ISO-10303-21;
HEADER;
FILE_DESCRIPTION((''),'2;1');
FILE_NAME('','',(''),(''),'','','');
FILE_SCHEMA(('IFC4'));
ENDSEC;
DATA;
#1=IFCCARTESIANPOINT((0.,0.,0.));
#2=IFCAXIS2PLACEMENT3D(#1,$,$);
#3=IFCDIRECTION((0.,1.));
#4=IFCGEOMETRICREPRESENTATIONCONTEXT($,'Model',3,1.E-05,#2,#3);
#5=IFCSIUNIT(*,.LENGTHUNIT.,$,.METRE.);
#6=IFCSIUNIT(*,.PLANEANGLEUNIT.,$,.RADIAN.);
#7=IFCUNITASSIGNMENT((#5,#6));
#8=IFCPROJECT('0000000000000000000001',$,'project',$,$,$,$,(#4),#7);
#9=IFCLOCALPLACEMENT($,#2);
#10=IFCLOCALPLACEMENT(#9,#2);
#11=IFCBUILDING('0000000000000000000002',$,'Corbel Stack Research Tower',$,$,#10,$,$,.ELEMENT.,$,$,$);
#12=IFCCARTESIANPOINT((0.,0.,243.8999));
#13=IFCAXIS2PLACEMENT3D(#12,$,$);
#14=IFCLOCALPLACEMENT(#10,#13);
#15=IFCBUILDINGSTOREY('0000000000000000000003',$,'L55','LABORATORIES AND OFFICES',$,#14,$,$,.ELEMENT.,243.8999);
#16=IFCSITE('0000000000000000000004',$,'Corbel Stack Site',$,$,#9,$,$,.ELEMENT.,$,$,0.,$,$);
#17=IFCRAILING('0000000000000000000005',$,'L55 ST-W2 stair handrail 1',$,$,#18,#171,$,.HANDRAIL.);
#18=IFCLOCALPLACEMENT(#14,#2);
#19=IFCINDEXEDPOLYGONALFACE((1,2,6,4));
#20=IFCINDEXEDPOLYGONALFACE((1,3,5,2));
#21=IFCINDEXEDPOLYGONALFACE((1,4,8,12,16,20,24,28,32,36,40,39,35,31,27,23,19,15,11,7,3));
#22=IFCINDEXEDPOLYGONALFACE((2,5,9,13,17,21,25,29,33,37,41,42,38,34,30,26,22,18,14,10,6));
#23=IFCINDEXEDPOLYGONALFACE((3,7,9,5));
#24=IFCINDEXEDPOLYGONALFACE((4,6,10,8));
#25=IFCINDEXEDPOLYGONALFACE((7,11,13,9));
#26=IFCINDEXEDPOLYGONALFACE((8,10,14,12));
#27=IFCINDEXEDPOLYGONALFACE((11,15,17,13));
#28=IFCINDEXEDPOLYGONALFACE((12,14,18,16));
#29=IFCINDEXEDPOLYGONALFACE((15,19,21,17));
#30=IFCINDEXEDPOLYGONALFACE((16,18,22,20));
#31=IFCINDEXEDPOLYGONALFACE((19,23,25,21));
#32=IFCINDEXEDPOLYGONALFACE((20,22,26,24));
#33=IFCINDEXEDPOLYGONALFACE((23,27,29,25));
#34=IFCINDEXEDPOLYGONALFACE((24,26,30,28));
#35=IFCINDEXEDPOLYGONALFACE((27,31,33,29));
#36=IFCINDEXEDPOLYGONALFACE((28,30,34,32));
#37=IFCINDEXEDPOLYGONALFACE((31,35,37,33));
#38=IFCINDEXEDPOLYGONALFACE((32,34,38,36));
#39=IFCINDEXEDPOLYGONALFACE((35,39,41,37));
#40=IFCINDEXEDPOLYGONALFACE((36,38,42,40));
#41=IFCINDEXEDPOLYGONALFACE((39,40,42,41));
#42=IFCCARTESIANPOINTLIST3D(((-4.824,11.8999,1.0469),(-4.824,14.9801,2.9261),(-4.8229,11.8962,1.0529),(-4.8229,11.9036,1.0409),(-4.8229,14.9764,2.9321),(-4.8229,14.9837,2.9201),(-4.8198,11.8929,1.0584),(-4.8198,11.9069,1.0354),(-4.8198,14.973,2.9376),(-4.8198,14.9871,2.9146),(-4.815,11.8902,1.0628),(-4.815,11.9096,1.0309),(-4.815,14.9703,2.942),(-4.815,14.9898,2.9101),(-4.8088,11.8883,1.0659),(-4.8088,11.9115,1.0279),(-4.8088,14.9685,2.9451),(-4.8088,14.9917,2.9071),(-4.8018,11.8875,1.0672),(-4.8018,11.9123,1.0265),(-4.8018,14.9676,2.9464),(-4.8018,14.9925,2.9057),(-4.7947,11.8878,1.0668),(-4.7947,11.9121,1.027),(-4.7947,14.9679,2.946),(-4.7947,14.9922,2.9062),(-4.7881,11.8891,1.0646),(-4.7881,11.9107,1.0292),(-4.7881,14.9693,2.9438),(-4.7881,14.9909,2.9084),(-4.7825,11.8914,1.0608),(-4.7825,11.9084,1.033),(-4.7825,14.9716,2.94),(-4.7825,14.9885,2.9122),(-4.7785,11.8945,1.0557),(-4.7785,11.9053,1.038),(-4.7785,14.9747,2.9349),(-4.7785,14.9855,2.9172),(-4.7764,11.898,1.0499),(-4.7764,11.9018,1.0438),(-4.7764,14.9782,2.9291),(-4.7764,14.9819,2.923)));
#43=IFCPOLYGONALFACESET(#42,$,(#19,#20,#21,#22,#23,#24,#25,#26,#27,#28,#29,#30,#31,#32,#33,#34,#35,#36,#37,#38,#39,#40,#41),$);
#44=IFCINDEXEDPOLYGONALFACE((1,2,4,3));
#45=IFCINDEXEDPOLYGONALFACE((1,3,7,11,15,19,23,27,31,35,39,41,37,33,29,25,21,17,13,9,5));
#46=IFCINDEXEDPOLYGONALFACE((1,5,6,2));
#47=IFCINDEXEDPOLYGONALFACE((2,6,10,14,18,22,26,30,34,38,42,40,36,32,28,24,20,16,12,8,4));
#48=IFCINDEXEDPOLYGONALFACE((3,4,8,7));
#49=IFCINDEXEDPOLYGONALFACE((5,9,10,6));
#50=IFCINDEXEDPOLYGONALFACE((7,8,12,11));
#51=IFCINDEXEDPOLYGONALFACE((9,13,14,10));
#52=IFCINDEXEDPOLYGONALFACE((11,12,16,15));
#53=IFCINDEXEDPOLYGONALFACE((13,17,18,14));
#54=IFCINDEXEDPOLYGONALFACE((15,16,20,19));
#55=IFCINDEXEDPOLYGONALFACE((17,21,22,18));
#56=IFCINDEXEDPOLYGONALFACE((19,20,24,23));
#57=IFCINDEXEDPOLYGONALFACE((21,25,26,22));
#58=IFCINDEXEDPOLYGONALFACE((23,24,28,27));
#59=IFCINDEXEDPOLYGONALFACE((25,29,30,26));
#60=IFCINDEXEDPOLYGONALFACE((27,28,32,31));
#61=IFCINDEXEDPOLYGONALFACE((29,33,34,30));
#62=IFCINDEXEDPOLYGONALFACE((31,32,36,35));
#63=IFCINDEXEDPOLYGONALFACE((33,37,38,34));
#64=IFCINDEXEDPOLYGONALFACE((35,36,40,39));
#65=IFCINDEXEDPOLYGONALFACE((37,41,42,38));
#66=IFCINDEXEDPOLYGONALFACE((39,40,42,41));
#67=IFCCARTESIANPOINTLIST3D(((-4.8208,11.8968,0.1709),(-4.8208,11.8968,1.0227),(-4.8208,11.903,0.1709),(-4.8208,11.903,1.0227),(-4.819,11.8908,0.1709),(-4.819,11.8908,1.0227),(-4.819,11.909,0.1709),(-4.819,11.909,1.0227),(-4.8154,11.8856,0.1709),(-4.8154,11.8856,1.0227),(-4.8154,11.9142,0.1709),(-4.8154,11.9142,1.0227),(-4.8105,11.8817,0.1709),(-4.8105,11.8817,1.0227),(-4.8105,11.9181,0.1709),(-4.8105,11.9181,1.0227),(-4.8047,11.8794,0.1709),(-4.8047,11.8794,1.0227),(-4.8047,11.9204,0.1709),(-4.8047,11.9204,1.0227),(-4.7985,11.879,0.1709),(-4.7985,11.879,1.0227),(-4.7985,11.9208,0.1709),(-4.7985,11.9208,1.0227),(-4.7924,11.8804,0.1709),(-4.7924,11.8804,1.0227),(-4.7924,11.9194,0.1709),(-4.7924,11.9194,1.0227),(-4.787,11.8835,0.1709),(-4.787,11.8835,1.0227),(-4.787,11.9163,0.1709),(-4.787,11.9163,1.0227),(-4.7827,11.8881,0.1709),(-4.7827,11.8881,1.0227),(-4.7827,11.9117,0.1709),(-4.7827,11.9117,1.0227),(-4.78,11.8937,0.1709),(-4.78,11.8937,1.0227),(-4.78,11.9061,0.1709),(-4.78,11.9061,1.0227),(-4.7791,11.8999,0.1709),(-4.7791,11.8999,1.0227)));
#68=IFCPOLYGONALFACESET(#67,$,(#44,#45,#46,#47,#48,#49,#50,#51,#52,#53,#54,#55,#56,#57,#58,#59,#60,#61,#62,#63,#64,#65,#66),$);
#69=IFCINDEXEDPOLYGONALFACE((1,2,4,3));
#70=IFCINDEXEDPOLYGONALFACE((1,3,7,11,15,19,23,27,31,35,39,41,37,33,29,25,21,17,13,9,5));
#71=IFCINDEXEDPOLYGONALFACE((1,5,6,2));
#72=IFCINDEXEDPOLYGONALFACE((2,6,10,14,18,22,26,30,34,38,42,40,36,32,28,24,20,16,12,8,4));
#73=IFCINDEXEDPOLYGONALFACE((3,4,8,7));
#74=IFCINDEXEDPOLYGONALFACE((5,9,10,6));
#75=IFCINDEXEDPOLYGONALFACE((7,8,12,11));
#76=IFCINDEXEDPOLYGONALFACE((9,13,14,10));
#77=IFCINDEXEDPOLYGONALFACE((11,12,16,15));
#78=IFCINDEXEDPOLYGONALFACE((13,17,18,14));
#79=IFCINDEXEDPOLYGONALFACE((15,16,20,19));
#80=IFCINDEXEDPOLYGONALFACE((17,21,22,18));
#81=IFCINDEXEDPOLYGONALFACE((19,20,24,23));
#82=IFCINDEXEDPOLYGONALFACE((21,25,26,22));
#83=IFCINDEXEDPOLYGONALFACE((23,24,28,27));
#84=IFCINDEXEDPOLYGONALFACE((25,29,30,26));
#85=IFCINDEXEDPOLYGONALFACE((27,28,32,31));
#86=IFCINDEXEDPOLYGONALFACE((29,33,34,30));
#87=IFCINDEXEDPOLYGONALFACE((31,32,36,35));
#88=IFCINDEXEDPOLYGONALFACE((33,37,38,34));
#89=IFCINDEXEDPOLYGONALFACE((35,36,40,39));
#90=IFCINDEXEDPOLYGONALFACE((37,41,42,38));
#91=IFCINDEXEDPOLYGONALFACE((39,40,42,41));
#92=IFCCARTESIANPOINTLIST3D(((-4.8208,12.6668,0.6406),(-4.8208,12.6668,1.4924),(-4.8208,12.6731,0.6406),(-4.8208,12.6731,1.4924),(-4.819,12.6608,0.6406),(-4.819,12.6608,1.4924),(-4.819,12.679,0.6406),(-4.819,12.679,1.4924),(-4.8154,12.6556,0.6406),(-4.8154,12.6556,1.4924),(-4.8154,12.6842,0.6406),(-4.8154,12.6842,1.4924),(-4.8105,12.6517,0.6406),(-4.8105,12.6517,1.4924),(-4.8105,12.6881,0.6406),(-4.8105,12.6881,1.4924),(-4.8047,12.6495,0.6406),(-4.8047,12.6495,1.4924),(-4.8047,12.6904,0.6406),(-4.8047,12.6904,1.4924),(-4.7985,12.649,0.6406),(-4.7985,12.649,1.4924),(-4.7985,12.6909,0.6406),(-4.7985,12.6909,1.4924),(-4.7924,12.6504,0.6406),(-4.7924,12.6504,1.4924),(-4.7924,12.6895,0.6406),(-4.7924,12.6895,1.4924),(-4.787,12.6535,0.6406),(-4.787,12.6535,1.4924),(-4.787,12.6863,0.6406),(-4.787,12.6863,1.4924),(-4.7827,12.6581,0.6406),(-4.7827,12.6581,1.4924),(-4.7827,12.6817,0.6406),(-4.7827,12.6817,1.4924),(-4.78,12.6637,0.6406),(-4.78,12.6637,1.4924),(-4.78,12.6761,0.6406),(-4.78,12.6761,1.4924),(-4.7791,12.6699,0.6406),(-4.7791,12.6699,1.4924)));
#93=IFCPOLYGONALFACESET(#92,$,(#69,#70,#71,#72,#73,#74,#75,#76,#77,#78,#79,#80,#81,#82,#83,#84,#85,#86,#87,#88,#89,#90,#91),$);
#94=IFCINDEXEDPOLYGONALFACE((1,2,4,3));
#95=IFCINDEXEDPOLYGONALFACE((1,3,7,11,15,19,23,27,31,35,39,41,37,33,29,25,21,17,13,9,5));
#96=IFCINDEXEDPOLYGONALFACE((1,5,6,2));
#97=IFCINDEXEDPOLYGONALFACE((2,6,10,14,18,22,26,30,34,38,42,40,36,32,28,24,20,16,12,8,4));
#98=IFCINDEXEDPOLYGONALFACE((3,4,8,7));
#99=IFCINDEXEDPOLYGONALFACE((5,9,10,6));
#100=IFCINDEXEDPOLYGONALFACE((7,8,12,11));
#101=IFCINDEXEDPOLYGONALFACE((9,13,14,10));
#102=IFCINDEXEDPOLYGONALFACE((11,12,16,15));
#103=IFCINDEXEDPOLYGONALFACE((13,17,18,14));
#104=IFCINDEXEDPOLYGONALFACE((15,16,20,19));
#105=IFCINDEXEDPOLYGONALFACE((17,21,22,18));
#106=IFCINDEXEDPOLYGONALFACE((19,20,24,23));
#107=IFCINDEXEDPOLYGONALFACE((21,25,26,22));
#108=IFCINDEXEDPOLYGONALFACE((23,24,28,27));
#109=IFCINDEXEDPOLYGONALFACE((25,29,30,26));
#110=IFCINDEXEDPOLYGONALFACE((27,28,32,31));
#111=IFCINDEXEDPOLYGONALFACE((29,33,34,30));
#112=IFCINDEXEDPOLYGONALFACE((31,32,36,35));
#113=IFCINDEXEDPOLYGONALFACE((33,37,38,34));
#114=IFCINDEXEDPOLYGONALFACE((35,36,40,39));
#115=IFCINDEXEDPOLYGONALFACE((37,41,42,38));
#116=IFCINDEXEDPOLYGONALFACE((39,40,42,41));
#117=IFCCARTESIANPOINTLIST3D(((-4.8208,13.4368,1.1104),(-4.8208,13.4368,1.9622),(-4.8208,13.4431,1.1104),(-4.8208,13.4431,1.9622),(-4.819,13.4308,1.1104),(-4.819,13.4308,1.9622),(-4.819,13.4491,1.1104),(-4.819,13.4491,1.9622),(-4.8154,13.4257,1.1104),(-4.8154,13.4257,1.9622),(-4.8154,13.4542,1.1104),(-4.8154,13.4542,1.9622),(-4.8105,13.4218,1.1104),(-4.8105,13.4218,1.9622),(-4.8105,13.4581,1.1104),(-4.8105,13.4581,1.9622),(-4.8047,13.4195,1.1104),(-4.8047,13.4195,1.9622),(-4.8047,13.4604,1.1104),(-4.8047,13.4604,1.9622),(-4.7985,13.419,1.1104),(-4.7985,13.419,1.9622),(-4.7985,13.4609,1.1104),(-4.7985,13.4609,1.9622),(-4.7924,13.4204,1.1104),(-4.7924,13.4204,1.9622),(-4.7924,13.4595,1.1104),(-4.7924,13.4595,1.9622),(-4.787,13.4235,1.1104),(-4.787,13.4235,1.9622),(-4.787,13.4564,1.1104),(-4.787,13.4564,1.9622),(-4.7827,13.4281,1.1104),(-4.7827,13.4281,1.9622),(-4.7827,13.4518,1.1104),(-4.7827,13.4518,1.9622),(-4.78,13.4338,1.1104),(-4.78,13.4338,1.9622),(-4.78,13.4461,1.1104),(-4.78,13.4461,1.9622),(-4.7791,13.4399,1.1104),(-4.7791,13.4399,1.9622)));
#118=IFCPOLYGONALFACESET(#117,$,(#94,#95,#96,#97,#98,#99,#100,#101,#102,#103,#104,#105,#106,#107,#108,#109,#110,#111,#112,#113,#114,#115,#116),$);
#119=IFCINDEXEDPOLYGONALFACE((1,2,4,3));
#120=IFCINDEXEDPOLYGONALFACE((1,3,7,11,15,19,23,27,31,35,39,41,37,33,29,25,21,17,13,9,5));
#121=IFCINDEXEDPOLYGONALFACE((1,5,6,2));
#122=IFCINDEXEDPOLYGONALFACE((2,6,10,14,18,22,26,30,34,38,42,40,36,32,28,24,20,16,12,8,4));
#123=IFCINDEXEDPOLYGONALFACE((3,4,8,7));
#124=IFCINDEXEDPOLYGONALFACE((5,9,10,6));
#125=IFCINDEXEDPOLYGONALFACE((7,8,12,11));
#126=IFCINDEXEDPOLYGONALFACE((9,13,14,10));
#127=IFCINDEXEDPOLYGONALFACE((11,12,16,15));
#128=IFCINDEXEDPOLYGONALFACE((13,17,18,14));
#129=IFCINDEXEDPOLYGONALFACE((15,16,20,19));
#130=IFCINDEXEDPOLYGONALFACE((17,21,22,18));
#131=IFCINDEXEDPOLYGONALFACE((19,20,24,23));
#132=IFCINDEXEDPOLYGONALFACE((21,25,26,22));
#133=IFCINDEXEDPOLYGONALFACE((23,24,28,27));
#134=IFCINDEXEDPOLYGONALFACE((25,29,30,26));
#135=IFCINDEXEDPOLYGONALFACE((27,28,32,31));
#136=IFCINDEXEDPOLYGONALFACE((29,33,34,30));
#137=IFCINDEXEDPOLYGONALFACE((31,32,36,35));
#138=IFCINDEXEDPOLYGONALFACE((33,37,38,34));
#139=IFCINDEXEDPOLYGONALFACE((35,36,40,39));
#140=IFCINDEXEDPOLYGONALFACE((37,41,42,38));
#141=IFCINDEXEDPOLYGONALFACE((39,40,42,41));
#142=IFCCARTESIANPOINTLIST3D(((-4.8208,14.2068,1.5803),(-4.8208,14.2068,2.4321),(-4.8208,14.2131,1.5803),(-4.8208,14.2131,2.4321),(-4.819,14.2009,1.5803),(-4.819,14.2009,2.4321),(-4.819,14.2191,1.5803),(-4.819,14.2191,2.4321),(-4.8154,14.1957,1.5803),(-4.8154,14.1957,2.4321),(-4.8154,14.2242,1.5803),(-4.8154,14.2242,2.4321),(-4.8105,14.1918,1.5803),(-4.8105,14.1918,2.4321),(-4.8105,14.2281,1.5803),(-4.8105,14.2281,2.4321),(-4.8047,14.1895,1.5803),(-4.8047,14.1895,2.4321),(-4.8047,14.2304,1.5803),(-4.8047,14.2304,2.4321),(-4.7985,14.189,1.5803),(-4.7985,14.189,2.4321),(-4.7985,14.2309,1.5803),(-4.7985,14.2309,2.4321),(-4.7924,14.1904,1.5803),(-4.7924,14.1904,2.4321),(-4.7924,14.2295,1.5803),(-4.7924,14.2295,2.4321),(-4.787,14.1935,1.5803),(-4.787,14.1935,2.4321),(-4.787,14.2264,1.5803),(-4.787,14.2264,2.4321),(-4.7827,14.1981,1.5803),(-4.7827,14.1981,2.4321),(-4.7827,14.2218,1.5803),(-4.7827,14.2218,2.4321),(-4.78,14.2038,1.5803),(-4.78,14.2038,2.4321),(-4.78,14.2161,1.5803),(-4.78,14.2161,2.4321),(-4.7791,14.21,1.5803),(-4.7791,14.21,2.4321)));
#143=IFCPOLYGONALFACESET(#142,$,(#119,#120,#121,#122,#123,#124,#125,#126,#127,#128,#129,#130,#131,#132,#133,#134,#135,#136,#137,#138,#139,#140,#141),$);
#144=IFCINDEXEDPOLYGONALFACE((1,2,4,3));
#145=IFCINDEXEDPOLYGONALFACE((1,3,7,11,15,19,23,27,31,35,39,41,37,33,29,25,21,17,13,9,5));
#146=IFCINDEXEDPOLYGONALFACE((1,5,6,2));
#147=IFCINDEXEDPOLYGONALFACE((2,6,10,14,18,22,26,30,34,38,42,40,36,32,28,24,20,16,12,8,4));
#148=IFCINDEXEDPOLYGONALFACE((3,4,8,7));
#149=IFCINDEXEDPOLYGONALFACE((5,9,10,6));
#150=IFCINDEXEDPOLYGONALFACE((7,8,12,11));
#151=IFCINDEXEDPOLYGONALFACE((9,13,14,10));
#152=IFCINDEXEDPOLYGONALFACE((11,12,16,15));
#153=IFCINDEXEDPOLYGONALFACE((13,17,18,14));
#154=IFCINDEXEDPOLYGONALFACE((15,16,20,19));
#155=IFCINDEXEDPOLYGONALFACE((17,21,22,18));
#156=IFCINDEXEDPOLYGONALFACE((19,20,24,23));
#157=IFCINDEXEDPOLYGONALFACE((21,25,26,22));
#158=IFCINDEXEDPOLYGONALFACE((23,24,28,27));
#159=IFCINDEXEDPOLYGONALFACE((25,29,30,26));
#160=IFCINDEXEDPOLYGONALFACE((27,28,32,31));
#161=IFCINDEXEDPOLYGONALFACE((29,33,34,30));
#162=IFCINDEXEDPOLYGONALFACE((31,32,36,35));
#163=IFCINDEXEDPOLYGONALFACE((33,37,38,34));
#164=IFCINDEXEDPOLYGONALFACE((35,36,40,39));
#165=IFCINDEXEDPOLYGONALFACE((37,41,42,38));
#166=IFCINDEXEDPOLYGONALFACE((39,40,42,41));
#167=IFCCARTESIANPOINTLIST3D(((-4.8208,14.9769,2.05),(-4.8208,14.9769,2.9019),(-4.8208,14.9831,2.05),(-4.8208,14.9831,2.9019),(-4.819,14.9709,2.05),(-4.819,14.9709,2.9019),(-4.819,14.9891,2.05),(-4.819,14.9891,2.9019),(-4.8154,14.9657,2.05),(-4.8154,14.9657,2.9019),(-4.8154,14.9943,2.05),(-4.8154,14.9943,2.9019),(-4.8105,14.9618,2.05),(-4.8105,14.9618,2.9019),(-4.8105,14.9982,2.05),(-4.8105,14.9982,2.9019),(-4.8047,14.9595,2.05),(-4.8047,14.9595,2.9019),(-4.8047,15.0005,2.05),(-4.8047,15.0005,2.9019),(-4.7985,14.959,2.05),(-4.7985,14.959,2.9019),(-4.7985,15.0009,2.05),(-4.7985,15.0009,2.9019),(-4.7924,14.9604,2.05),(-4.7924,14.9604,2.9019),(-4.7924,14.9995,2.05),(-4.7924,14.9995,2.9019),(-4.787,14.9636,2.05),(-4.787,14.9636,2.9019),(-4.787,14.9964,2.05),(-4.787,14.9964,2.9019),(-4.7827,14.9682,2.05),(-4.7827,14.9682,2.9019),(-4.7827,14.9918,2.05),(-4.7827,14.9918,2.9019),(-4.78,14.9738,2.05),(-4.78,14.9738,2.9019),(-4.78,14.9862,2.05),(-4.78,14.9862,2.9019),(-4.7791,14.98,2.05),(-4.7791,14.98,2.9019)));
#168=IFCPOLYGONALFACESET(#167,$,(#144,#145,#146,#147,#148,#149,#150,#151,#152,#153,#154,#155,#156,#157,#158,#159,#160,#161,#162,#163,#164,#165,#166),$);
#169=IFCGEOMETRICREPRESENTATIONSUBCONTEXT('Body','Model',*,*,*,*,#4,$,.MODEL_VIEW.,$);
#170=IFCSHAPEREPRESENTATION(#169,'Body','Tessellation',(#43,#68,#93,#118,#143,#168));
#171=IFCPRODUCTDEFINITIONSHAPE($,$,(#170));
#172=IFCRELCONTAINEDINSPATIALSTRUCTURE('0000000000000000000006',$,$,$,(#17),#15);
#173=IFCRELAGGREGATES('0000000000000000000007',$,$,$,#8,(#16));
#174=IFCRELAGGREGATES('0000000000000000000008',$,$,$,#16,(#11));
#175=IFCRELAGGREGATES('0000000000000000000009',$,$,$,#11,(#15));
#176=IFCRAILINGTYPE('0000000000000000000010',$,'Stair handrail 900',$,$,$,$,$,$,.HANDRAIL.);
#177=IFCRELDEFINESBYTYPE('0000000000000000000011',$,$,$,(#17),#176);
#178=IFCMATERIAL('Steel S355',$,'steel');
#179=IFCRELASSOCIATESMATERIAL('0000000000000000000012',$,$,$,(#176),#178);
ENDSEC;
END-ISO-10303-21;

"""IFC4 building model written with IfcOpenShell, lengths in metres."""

from ifc_helpers import new_model, si_unit, direction, frame, origin, origin_2d, place, context, subcontext, project, spatial, circle, extrude, material, type_object, element, save


model = new_model("IFC4")

# Units and contexts
model_context = context("Model", 3, precision=1e-05, world=origin(), true_north=direction((0.0, 1.0)))
body_context = subcontext(model_context, "Body", "Model", "MODEL_VIEW")
ifc_project = project(units=[si_unit("LENGTHUNIT", "METRE"), si_unit("PLANEANGLEUNIT", "RADIAN")], contexts=[model_context])

# Site, building, storey
site_placement = place(None, origin())
site = spatial("IfcSite", under=ifc_project, at=site_placement, Name="Corbel Stack Site", CompositionType="ELEMENT", RefElevation=0.0)
building_placement = place(site_placement, origin())
building = spatial("IfcBuilding", under=site, at=building_placement, Name="Corbel Stack Research Tower", CompositionType="ELEMENT")
storey_placement = place(building_placement, frame((0.0, 0.0, 243.8999)))
storey = spatial("IfcBuildingStorey", under=building, at=storey_placement, Name="L55", Description="LABORATORIES AND OFFICES", CompositionType="ELEMENT", Elevation=243.8999)

# Railing
ifc_material_1 = material(Name="Steel S355", Category="steel")
railing_type_1 = type_object("IfcRailingType", Name="Stair handrail 900", PredefinedType="HANDRAIL", material=ifc_material_1)
railing_1_placement = place(storey_placement, frame((-4.8, 11.8999, 0.1709)))
element("IfcRailing", 1, at=railing_1_placement, inside=storey, type_object=railing_type_1, Name="L55 ST-W2 stair handrail 1", PredefinedType="HANDRAIL", context=body_context, shape_type="SweptSolid", body=[
    extrude(circle(Radius=0.0239, at=origin_2d()), frame((0.0, 0.0, 0.876), z_axis=(0.0, 0.853666, 0.52082), x_axis=(-1.0, 0.0, 0.0)), (0.0, 0.0, 1.0), 3.6082),
    extrude(circle(Radius=0.021, at=origin_2d()), origin(), (0.0, 0.0, 1.0), 0.8518),
    extrude(circle(Radius=0.021, at=origin_2d()), frame((0.0, 0.77, 0.4697)), (0.0, 0.0, 1.0), 0.8518),
    extrude(circle(Radius=0.021, at=origin_2d()), frame((0.0, 1.54, 0.9395)), (0.0, 0.0, 1.0), 0.8518),
    extrude(circle(Radius=0.021, at=origin_2d()), frame((0.0, 2.3101, 1.4094)), (0.0, 0.0, 1.0), 0.8518),
    extrude(circle(Radius=0.021, at=origin_2d()), frame((0.0, 3.0801, 1.8792)), (0.0, 0.0, 1.0), 0.8518),
])

save(model, "model.ifc")
